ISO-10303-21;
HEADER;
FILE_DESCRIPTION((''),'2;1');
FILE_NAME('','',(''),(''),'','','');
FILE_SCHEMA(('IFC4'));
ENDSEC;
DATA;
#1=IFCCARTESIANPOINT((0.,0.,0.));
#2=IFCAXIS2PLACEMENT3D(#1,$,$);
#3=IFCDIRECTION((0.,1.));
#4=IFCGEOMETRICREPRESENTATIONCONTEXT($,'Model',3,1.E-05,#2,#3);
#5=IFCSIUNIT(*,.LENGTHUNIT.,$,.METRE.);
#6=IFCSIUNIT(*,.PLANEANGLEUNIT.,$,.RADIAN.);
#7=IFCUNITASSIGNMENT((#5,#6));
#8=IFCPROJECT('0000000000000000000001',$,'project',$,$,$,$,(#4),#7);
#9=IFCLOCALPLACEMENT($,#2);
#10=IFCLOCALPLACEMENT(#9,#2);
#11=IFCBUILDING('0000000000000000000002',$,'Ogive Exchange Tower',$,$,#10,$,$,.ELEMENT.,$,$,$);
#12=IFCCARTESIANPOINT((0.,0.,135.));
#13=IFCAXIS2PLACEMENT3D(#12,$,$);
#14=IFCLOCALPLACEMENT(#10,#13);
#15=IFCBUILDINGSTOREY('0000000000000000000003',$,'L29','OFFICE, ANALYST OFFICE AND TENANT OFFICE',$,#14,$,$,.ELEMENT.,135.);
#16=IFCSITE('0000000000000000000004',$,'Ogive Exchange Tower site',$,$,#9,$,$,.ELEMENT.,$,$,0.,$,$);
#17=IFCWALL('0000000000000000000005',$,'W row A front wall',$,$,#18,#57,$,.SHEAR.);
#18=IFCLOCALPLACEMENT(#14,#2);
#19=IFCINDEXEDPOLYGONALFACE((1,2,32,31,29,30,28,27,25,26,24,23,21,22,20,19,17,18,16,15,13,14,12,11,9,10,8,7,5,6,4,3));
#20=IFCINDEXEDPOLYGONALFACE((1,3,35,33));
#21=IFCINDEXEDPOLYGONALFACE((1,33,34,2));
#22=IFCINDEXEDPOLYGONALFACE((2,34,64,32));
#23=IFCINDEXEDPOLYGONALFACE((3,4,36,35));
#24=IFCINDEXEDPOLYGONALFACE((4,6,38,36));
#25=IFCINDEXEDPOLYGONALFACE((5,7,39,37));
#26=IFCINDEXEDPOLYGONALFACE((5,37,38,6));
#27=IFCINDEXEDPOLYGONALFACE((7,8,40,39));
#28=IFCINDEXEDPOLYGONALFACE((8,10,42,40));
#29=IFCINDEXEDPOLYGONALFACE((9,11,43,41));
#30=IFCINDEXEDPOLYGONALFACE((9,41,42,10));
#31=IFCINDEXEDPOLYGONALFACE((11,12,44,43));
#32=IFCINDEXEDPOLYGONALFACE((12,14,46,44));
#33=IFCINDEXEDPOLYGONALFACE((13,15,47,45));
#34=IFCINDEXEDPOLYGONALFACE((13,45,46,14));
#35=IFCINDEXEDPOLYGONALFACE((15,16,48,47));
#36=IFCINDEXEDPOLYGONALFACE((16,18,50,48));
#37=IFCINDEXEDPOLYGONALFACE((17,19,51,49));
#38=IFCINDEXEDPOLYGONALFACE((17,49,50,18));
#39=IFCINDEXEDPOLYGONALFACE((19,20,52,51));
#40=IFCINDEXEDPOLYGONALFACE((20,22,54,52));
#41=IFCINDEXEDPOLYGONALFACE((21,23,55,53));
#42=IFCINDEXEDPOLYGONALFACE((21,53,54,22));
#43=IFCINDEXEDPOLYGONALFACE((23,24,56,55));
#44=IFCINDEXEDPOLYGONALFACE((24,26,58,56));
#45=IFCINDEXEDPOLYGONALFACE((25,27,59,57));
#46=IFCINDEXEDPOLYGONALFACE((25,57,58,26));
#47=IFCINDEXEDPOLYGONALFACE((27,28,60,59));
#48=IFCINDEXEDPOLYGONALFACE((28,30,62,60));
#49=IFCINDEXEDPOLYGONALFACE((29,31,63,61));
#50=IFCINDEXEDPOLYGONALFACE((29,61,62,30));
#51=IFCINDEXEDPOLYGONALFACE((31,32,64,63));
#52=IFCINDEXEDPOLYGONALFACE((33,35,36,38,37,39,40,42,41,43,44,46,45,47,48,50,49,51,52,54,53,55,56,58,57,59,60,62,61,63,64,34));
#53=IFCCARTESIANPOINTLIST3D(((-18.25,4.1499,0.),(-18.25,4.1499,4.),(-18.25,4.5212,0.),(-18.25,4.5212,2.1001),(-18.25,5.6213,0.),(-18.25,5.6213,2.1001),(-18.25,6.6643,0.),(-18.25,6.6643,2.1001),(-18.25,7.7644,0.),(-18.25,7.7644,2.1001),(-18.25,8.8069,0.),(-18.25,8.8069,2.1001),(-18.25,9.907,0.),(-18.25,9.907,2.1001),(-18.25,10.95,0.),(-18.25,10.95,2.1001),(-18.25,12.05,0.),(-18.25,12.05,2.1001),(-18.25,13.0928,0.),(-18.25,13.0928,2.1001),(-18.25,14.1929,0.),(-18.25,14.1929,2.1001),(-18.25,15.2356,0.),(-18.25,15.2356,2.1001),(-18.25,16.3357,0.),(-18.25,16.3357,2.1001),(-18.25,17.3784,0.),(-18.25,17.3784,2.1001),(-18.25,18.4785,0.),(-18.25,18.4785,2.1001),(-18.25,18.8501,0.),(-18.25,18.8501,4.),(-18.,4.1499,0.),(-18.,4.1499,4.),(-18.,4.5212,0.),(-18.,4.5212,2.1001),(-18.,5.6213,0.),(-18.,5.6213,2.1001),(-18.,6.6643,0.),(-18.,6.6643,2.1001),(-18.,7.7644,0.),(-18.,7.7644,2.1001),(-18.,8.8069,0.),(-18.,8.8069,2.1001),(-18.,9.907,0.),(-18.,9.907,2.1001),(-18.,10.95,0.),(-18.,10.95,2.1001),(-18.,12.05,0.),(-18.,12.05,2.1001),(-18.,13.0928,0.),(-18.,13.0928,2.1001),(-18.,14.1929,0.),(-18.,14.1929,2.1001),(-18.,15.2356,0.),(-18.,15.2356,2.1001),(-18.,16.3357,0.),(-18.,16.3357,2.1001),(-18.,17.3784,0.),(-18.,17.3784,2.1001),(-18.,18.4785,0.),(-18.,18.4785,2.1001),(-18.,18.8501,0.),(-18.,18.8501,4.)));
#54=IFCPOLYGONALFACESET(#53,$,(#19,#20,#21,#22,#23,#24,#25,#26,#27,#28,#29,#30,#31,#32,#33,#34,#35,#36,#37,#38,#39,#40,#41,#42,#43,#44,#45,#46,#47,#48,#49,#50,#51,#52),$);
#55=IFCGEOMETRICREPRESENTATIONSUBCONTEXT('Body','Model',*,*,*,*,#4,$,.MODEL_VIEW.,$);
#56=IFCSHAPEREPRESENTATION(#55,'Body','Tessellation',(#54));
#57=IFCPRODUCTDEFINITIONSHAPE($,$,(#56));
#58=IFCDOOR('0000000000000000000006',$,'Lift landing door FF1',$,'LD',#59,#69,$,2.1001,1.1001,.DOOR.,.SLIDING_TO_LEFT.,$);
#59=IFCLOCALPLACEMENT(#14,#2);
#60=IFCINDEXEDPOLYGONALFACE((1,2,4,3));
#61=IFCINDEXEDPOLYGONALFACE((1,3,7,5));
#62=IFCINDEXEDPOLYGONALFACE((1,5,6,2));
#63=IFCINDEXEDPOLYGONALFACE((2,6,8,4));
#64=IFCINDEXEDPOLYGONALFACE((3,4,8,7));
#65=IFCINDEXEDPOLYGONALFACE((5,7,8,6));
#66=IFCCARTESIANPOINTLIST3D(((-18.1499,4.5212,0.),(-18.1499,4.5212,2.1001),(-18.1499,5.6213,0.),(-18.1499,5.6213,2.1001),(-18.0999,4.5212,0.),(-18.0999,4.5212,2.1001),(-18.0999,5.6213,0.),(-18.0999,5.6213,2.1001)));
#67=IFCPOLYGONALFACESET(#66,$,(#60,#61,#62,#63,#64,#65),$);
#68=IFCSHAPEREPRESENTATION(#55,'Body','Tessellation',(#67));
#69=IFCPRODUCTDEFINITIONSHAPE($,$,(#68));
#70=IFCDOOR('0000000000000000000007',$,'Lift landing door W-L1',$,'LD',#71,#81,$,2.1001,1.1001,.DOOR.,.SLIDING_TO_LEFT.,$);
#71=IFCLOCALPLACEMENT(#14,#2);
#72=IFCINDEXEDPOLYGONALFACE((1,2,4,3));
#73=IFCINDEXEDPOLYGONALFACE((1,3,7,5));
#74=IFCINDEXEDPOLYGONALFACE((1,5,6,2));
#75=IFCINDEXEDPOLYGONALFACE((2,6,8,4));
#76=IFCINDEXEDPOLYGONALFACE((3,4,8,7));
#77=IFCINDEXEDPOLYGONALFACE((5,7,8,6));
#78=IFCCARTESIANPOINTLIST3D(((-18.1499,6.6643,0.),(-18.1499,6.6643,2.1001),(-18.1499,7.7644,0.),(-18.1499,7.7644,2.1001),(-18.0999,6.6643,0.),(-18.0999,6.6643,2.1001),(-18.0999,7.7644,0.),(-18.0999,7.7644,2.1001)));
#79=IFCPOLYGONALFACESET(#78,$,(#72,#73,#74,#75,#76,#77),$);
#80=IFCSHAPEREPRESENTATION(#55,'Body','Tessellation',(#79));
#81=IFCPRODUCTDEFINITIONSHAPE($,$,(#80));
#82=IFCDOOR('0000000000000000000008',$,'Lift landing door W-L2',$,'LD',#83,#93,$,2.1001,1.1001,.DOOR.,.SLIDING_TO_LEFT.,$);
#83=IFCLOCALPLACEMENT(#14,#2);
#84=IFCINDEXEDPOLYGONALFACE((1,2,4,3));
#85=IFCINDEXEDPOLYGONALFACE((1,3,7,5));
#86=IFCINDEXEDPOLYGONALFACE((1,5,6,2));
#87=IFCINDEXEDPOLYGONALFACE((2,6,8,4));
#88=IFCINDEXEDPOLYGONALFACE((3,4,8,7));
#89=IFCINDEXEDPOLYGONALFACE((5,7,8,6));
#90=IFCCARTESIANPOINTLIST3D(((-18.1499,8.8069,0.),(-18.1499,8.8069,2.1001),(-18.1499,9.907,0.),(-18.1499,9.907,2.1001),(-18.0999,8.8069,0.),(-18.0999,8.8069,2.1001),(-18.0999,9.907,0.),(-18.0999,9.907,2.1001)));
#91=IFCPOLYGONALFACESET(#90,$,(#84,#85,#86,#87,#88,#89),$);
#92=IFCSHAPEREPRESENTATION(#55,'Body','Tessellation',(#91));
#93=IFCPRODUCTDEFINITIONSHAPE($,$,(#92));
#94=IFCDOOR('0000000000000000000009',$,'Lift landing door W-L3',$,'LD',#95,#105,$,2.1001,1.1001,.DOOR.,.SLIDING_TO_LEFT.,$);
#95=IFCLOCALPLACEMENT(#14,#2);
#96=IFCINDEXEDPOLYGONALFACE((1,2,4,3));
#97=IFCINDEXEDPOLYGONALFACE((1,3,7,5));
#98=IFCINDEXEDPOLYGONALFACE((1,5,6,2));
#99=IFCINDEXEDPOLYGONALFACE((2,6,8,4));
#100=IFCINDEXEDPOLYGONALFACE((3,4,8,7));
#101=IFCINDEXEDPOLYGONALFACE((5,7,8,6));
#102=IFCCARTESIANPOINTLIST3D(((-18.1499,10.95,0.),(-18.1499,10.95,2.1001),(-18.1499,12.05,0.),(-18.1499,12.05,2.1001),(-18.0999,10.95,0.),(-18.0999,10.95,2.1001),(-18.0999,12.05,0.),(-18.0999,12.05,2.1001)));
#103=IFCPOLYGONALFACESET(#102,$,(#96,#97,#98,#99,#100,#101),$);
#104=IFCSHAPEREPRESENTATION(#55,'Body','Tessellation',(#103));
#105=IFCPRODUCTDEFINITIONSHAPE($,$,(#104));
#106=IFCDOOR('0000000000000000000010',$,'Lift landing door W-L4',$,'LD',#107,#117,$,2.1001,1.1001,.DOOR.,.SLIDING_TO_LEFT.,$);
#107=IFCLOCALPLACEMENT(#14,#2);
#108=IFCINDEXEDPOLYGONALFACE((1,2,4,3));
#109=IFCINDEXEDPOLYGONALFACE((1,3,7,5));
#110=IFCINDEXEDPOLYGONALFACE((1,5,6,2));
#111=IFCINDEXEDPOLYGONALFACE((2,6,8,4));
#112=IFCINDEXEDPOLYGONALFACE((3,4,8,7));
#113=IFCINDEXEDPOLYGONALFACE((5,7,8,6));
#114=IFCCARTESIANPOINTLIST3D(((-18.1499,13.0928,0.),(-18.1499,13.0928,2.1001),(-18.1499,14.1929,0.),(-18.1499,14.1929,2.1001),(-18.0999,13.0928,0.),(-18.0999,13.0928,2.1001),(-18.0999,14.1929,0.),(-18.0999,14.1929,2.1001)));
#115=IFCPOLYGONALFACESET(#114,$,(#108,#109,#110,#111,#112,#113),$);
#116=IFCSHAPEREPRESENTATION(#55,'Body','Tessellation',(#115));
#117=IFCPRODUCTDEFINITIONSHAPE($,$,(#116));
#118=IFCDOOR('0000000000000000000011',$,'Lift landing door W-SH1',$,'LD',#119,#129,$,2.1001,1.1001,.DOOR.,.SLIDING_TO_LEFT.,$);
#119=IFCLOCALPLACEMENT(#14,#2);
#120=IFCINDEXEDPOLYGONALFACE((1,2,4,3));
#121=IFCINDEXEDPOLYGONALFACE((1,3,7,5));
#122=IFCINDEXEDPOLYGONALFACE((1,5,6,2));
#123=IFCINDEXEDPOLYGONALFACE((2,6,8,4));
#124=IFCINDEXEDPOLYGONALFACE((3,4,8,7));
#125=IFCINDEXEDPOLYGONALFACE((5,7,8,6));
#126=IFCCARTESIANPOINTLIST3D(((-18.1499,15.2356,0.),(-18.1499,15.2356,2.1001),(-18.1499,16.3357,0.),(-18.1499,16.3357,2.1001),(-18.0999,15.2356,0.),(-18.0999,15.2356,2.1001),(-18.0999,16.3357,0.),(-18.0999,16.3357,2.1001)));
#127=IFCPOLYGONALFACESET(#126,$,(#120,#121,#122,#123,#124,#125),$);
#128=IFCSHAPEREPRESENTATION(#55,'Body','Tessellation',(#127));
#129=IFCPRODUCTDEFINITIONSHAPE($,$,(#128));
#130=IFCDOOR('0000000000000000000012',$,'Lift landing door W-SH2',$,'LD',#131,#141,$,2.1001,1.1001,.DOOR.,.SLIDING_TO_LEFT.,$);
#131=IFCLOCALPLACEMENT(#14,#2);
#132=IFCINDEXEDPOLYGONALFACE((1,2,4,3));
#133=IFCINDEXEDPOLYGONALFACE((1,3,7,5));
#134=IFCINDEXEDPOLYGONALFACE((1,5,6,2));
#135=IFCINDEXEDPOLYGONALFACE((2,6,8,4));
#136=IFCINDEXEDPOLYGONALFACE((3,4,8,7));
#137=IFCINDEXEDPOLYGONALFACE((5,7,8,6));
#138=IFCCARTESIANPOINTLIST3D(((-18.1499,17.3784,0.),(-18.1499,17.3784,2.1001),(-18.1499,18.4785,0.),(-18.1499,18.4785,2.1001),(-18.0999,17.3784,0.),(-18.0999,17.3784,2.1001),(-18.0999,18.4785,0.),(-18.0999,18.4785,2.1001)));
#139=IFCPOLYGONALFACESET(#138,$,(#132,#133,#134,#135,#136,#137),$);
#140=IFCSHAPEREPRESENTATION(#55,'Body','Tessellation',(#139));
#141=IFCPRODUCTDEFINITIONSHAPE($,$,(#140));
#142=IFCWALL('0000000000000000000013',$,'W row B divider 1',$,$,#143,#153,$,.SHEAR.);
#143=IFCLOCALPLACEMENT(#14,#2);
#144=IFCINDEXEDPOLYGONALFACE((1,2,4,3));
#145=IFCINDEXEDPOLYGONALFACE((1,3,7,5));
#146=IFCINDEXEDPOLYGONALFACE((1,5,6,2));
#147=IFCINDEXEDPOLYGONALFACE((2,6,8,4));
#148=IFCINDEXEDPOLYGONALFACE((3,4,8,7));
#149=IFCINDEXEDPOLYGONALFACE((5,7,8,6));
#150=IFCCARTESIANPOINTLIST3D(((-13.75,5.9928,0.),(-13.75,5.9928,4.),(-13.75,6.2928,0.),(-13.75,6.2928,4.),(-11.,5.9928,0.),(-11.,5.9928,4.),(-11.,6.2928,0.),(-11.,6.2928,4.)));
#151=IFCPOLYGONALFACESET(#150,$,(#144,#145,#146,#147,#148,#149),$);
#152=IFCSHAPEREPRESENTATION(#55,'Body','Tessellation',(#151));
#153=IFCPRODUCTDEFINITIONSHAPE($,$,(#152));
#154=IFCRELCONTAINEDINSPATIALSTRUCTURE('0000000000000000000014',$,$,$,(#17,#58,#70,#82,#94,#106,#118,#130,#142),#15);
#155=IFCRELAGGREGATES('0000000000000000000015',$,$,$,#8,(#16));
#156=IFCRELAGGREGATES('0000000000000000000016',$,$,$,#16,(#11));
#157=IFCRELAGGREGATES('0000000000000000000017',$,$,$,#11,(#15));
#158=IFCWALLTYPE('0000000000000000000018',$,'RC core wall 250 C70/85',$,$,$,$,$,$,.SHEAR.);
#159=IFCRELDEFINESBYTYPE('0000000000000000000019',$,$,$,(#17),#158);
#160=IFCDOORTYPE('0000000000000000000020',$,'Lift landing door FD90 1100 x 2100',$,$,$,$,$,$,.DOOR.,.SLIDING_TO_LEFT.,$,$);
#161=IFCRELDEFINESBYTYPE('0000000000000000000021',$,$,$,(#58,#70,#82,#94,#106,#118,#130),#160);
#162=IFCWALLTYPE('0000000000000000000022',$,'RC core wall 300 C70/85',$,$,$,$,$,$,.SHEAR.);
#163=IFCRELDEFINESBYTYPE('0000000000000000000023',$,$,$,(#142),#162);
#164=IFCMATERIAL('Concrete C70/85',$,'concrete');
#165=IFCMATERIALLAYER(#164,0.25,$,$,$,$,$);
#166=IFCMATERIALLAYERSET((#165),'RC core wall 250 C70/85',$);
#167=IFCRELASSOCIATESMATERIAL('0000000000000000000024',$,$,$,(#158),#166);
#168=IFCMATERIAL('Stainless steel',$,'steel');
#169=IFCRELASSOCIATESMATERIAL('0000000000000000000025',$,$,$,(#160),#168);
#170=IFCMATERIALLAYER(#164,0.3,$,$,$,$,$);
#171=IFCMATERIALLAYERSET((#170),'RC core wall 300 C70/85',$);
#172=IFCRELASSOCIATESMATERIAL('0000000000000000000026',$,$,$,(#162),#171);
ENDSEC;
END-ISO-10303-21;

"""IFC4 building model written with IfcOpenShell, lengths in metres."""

from ifc_helpers import new_model, si_unit, direction, frame, frame_2d, origin, place, context, subcontext, project, spatial, rectangle, extrude, material, layer, layer_set, type_object, element, fill, save


model = new_model("IFC4")

# Units and contexts
model_context = context("Model", 3, precision=1e-05, world=origin(), true_north=direction((0.0, 1.0)))
body_context = subcontext(model_context, "Body", "Model", "MODEL_VIEW")
ifc_project = project(units=[si_unit("LENGTHUNIT", "METRE"), si_unit("PLANEANGLEUNIT", "RADIAN")], contexts=[model_context])

# Site, building, storey
site_placement = place(None, origin())
site = spatial("IfcSite", under=ifc_project, at=site_placement, Name="Ogive Exchange Tower site", CompositionType="ELEMENT", RefElevation=0.0)
building_placement = place(site_placement, origin())
building = spatial("IfcBuilding", under=site, at=building_placement, Name="Ogive Exchange Tower", CompositionType="ELEMENT")
storey_placement = place(building_placement, frame((0.0, 0.0, 135.0)))
storey = spatial("IfcBuildingStorey", under=building, at=storey_placement, Name="L29", Description="OFFICE, ANALYST OFFICE AND TENANT OFFICE", CompositionType="ELEMENT", Elevation=135.0)

# Shared definitions
ifc_material_1 = material(Name="Concrete C70/85", Category="concrete")
ifc_layer_1 = layer(ifc_material_1, 0.25)
ifc_layer_set_1 = layer_set([ifc_layer_1], Name="RC core wall 250 C70/85")
wall_type_1 = type_object("IfcWallType", Name="RC core wall 250 C70/85", PredefinedType="SHEAR", material=ifc_layer_set_1)

# Wall, openings, doors
wall_1_placement = place(storey_placement, frame((-18.125, 4.1499, 0.0), z_axis=(0.0, 0.0, 1.0), x_axis=(0.0, 1.0, 0.0)))
wall_1 = element("IfcWall", 1, at=wall_1_placement, inside=storey, type_object=wall_type_1, Name="W row A front wall", PredefinedType="SHEAR", context=body_context, shape_type="SweptSolid", body=[
    extrude(rectangle(XDim=14.7002, YDim=0.25, at=frame_2d((7.3501, 0.0))), origin(), (0.0, 0.0, 1.0), 4.0),
])
opening_1_placement = place(wall_1_placement, frame((0.3713, 0.0, 0.0)))
opening_1 = element("IfcOpeningElement", 2, at=opening_1_placement, cuts=wall_1, PredefinedType="OPENING", context=body_context, shape_type="SweptSolid", body=[
    extrude(rectangle(XDim=1.1001, YDim=2.1001, at=frame_2d((0.55, 1.05))), frame((0.0, 0.135, 0.0), z_axis=(0.0, -1.0, 0.0), x_axis=(1.0, 0.0, 0.0)), (0.0, 0.0, 1.0), 0.27),
])
opening_2_placement = place(wall_1_placement, frame((2.5144, 0.0, 0.0)))
opening_2 = element("IfcOpeningElement", 3, at=opening_2_placement, cuts=wall_1, PredefinedType="OPENING", context=body_context, shape_type="SweptSolid", body=[
    extrude(rectangle(XDim=1.1001, YDim=2.1001, at=frame_2d((0.55, 1.05))), frame((0.0, 0.135, 0.0), z_axis=(0.0, -1.0, 0.0), x_axis=(1.0, 0.0, 0.0)), (0.0, 0.0, 1.0), 0.27),
])
opening_3_placement = place(wall_1_placement, frame((4.657, 0.0, 0.0)))
opening_3 = element("IfcOpeningElement", 4, at=opening_3_placement, cuts=wall_1, PredefinedType="OPENING", context=body_context, shape_type="SweptSolid", body=[
    extrude(rectangle(XDim=1.1001, YDim=2.1001, at=frame_2d((0.55, 1.05))), frame((0.0, 0.135, 0.0), z_axis=(0.0, -1.0, 0.0), x_axis=(1.0, 0.0, 0.0)), (0.0, 0.0, 1.0), 0.27),
])
opening_4_placement = place(wall_1_placement, frame((6.8, 0.0, 0.0)))
opening_4 = element("IfcOpeningElement", 5, at=opening_4_placement, cuts=wall_1, PredefinedType="OPENING", context=body_context, shape_type="SweptSolid", body=[
    extrude(rectangle(XDim=1.1001, YDim=2.1001, at=frame_2d((0.55, 1.05))), frame((0.0, 0.135, 0.0), z_axis=(0.0, -1.0, 0.0), x_axis=(1.0, 0.0, 0.0)), (0.0, 0.0, 1.0), 0.27),
])
opening_5_placement = place(wall_1_placement, frame((8.9429, 0.0, 0.0)))
opening_5 = element("IfcOpeningElement", 6, at=opening_5_placement, cuts=wall_1, PredefinedType="OPENING", context=body_context, shape_type="SweptSolid", body=[
    extrude(rectangle(XDim=1.1001, YDim=2.1001, at=frame_2d((0.55, 1.05))), frame((0.0, 0.135, 0.0), z_axis=(0.0, -1.0, 0.0), x_axis=(1.0, 0.0, 0.0)), (0.0, 0.0, 1.0), 0.27),
])
opening_6_placement = place(wall_1_placement, frame((11.0857, 0.0, 0.0)))
opening_6 = element("IfcOpeningElement", 7, at=opening_6_placement, cuts=wall_1, PredefinedType="OPENING", context=body_context, shape_type="SweptSolid", body=[
    extrude(rectangle(XDim=1.1001, YDim=2.1001, at=frame_2d((0.55, 1.05))), frame((0.0, 0.135, 0.0), z_axis=(0.0, -1.0, 0.0), x_axis=(1.0, 0.0, 0.0)), (0.0, 0.0, 1.0), 0.27),
])
opening_7_placement = place(wall_1_placement, frame((13.2285, 0.0, 0.0)))
opening_7 = element("IfcOpeningElement", 8, at=opening_7_placement, cuts=wall_1, PredefinedType="OPENING", context=body_context, shape_type="SweptSolid", body=[
    extrude(rectangle(XDim=1.1001, YDim=2.1001, at=frame_2d((0.55, 1.05))), frame((0.0, 0.135, 0.0), z_axis=(0.0, -1.0, 0.0), x_axis=(1.0, 0.0, 0.0)), (0.0, 0.0, 1.0), 0.27),
])
ifc_material_2 = material(Name="Stainless steel", Category="steel")
door_type_1 = type_object("IfcDoorType", Name="Lift landing door FD90 1100 x 2100", OperationType="SLIDING_TO_LEFT", PredefinedType="DOOR", material=ifc_material_2)
door_1_placement = place(opening_1_placement, origin())
door_1 = element("IfcDoor", 9, at=door_1_placement, inside=storey, type_object=door_type_1, Name="Lift landing door FF1", ObjectType="LD", OperationType="SLIDING_TO_LEFT", OverallHeight=2.1001, OverallWidth=1.1001, PredefinedType="DOOR", context=body_context, shape_type="SweptSolid", body=[
    extrude(rectangle(XDim=1.1001, YDim=2.1001, at=frame_2d((0.55, 1.05))), frame((0.0, 0.0249, 0.0), z_axis=(0.0, -1.0, 0.0), x_axis=(1.0, 0.0, 0.0)), (0.0, 0.0, 1.0), 0.05),
])
fill(opening_1, door_1)
door_2_placement = place(opening_2_placement, origin())
door_2 = element("IfcDoor", 10, at=door_2_placement, inside=storey, type_object=door_type_1, Name="Lift landing door W-L1", ObjectType="LD", OperationType="SLIDING_TO_LEFT", OverallHeight=2.1001, OverallWidth=1.1001, PredefinedType="DOOR", context=body_context, shape_type="SweptSolid", body=[
    extrude(rectangle(XDim=1.1001, YDim=2.1001, at=frame_2d((0.55, 1.05))), frame((0.0, 0.0249, 0.0), z_axis=(0.0, -1.0, 0.0), x_axis=(1.0, 0.0, 0.0)), (0.0, 0.0, 1.0), 0.05),
])
fill(opening_2, door_2)
door_3_placement = place(opening_3_placement, origin())
door_3 = element("IfcDoor", 11, at=door_3_placement, inside=storey, type_object=door_type_1, Name="Lift landing door W-L2", ObjectType="LD", OperationType="SLIDING_TO_LEFT", OverallHeight=2.1001, OverallWidth=1.1001, PredefinedType="DOOR", context=body_context, shape_type="SweptSolid", body=[
    extrude(rectangle(XDim=1.1001, YDim=2.1001, at=frame_2d((0.55, 1.05))), frame((0.0, 0.0249, 0.0), z_axis=(0.0, -1.0, 0.0), x_axis=(1.0, 0.0, 0.0)), (0.0, 0.0, 1.0), 0.05),
])
fill(opening_3, door_3)
door_4_placement = place(opening_4_placement, origin())
door_4 = element("IfcDoor", 12, at=door_4_placement, inside=storey, type_object=door_type_1, Name="Lift landing door W-L3", ObjectType="LD", OperationType="SLIDING_TO_LEFT", OverallHeight=2.1001, OverallWidth=1.1001, PredefinedType="DOOR", context=body_context, shape_type="SweptSolid", body=[
    extrude(rectangle(XDim=1.1001, YDim=2.1001, at=frame_2d((0.55, 1.05))), frame((0.0, 0.0249, 0.0), z_axis=(0.0, -1.0, 0.0), x_axis=(1.0, 0.0, 0.0)), (0.0, 0.0, 1.0), 0.05),
])
fill(opening_4, door_4)
door_5_placement = place(opening_5_placement, origin())
door_5 = element("IfcDoor", 13, at=door_5_placement, inside=storey, type_object=door_type_1, Name="Lift landing door W-L4", ObjectType="LD", OperationType="SLIDING_TO_LEFT", OverallHeight=2.1001, OverallWidth=1.1001, PredefinedType="DOOR", context=body_context, shape_type="SweptSolid", body=[
    extrude(rectangle(XDim=1.1001, YDim=2.1001, at=frame_2d((0.55, 1.05))), frame((0.0, 0.0249, 0.0), z_axis=(0.0, -1.0, 0.0), x_axis=(1.0, 0.0, 0.0)), (0.0, 0.0, 1.0), 0.05),
])
fill(opening_5, door_5)
door_6_placement = place(opening_6_placement, origin())
door_6 = element("IfcDoor", 14, at=door_6_placement, inside=storey, type_object=door_type_1, Name="Lift landing door W-SH1", ObjectType="LD", OperationType="SLIDING_TO_LEFT", OverallHeight=2.1001, OverallWidth=1.1001, PredefinedType="DOOR", context=body_context, shape_type="SweptSolid", body=[
    extrude(rectangle(XDim=1.1001, YDim=2.1001, at=frame_2d((0.55, 1.05))), frame((0.0, 0.0249, 0.0), z_axis=(0.0, -1.0, 0.0), x_axis=(1.0, 0.0, 0.0)), (0.0, 0.0, 1.0), 0.05),
])
fill(opening_6, door_6)
door_7_placement = place(opening_7_placement, origin())
door_7 = element("IfcDoor", 15, at=door_7_placement, inside=storey, type_object=door_type_1, Name="Lift landing door W-SH2", ObjectType="LD", OperationType="SLIDING_TO_LEFT", OverallHeight=2.1001, OverallWidth=1.1001, PredefinedType="DOOR", context=body_context, shape_type="SweptSolid", body=[
    extrude(rectangle(XDim=1.1001, YDim=2.1001, at=frame_2d((0.55, 1.05))), frame((0.0, 0.0249, 0.0), z_axis=(0.0, -1.0, 0.0), x_axis=(1.0, 0.0, 0.0)), (0.0, 0.0, 1.0), 0.05),
])
fill(opening_7, door_7)

# Wall
ifc_layer_2 = layer(ifc_material_1, 0.3)
ifc_layer_set_2 = layer_set([ifc_layer_2], Name="RC core wall 300 C70/85")
wall_type_2 = type_object("IfcWallType", Name="RC core wall 300 C70/85", PredefinedType="SHEAR", material=ifc_layer_set_2)
wall_2_placement = place(storey_placement, frame((-13.75, 6.1428, 0.0), z_axis=(0.0, 0.0, 1.0), x_axis=(1.0, 0.0, 0.0)))
element("IfcWall", 16, at=wall_2_placement, inside=storey, type_object=wall_type_2, Name="W row B divider 1", PredefinedType="SHEAR", context=body_context, shape_type="SweptSolid", body=[
    extrude(rectangle(XDim=2.75, YDim=0.3, at=frame_2d((1.375, 0.0))), origin(), (0.0, 0.0, 1.0), 4.0),
])

save(model, "model.ifc")
